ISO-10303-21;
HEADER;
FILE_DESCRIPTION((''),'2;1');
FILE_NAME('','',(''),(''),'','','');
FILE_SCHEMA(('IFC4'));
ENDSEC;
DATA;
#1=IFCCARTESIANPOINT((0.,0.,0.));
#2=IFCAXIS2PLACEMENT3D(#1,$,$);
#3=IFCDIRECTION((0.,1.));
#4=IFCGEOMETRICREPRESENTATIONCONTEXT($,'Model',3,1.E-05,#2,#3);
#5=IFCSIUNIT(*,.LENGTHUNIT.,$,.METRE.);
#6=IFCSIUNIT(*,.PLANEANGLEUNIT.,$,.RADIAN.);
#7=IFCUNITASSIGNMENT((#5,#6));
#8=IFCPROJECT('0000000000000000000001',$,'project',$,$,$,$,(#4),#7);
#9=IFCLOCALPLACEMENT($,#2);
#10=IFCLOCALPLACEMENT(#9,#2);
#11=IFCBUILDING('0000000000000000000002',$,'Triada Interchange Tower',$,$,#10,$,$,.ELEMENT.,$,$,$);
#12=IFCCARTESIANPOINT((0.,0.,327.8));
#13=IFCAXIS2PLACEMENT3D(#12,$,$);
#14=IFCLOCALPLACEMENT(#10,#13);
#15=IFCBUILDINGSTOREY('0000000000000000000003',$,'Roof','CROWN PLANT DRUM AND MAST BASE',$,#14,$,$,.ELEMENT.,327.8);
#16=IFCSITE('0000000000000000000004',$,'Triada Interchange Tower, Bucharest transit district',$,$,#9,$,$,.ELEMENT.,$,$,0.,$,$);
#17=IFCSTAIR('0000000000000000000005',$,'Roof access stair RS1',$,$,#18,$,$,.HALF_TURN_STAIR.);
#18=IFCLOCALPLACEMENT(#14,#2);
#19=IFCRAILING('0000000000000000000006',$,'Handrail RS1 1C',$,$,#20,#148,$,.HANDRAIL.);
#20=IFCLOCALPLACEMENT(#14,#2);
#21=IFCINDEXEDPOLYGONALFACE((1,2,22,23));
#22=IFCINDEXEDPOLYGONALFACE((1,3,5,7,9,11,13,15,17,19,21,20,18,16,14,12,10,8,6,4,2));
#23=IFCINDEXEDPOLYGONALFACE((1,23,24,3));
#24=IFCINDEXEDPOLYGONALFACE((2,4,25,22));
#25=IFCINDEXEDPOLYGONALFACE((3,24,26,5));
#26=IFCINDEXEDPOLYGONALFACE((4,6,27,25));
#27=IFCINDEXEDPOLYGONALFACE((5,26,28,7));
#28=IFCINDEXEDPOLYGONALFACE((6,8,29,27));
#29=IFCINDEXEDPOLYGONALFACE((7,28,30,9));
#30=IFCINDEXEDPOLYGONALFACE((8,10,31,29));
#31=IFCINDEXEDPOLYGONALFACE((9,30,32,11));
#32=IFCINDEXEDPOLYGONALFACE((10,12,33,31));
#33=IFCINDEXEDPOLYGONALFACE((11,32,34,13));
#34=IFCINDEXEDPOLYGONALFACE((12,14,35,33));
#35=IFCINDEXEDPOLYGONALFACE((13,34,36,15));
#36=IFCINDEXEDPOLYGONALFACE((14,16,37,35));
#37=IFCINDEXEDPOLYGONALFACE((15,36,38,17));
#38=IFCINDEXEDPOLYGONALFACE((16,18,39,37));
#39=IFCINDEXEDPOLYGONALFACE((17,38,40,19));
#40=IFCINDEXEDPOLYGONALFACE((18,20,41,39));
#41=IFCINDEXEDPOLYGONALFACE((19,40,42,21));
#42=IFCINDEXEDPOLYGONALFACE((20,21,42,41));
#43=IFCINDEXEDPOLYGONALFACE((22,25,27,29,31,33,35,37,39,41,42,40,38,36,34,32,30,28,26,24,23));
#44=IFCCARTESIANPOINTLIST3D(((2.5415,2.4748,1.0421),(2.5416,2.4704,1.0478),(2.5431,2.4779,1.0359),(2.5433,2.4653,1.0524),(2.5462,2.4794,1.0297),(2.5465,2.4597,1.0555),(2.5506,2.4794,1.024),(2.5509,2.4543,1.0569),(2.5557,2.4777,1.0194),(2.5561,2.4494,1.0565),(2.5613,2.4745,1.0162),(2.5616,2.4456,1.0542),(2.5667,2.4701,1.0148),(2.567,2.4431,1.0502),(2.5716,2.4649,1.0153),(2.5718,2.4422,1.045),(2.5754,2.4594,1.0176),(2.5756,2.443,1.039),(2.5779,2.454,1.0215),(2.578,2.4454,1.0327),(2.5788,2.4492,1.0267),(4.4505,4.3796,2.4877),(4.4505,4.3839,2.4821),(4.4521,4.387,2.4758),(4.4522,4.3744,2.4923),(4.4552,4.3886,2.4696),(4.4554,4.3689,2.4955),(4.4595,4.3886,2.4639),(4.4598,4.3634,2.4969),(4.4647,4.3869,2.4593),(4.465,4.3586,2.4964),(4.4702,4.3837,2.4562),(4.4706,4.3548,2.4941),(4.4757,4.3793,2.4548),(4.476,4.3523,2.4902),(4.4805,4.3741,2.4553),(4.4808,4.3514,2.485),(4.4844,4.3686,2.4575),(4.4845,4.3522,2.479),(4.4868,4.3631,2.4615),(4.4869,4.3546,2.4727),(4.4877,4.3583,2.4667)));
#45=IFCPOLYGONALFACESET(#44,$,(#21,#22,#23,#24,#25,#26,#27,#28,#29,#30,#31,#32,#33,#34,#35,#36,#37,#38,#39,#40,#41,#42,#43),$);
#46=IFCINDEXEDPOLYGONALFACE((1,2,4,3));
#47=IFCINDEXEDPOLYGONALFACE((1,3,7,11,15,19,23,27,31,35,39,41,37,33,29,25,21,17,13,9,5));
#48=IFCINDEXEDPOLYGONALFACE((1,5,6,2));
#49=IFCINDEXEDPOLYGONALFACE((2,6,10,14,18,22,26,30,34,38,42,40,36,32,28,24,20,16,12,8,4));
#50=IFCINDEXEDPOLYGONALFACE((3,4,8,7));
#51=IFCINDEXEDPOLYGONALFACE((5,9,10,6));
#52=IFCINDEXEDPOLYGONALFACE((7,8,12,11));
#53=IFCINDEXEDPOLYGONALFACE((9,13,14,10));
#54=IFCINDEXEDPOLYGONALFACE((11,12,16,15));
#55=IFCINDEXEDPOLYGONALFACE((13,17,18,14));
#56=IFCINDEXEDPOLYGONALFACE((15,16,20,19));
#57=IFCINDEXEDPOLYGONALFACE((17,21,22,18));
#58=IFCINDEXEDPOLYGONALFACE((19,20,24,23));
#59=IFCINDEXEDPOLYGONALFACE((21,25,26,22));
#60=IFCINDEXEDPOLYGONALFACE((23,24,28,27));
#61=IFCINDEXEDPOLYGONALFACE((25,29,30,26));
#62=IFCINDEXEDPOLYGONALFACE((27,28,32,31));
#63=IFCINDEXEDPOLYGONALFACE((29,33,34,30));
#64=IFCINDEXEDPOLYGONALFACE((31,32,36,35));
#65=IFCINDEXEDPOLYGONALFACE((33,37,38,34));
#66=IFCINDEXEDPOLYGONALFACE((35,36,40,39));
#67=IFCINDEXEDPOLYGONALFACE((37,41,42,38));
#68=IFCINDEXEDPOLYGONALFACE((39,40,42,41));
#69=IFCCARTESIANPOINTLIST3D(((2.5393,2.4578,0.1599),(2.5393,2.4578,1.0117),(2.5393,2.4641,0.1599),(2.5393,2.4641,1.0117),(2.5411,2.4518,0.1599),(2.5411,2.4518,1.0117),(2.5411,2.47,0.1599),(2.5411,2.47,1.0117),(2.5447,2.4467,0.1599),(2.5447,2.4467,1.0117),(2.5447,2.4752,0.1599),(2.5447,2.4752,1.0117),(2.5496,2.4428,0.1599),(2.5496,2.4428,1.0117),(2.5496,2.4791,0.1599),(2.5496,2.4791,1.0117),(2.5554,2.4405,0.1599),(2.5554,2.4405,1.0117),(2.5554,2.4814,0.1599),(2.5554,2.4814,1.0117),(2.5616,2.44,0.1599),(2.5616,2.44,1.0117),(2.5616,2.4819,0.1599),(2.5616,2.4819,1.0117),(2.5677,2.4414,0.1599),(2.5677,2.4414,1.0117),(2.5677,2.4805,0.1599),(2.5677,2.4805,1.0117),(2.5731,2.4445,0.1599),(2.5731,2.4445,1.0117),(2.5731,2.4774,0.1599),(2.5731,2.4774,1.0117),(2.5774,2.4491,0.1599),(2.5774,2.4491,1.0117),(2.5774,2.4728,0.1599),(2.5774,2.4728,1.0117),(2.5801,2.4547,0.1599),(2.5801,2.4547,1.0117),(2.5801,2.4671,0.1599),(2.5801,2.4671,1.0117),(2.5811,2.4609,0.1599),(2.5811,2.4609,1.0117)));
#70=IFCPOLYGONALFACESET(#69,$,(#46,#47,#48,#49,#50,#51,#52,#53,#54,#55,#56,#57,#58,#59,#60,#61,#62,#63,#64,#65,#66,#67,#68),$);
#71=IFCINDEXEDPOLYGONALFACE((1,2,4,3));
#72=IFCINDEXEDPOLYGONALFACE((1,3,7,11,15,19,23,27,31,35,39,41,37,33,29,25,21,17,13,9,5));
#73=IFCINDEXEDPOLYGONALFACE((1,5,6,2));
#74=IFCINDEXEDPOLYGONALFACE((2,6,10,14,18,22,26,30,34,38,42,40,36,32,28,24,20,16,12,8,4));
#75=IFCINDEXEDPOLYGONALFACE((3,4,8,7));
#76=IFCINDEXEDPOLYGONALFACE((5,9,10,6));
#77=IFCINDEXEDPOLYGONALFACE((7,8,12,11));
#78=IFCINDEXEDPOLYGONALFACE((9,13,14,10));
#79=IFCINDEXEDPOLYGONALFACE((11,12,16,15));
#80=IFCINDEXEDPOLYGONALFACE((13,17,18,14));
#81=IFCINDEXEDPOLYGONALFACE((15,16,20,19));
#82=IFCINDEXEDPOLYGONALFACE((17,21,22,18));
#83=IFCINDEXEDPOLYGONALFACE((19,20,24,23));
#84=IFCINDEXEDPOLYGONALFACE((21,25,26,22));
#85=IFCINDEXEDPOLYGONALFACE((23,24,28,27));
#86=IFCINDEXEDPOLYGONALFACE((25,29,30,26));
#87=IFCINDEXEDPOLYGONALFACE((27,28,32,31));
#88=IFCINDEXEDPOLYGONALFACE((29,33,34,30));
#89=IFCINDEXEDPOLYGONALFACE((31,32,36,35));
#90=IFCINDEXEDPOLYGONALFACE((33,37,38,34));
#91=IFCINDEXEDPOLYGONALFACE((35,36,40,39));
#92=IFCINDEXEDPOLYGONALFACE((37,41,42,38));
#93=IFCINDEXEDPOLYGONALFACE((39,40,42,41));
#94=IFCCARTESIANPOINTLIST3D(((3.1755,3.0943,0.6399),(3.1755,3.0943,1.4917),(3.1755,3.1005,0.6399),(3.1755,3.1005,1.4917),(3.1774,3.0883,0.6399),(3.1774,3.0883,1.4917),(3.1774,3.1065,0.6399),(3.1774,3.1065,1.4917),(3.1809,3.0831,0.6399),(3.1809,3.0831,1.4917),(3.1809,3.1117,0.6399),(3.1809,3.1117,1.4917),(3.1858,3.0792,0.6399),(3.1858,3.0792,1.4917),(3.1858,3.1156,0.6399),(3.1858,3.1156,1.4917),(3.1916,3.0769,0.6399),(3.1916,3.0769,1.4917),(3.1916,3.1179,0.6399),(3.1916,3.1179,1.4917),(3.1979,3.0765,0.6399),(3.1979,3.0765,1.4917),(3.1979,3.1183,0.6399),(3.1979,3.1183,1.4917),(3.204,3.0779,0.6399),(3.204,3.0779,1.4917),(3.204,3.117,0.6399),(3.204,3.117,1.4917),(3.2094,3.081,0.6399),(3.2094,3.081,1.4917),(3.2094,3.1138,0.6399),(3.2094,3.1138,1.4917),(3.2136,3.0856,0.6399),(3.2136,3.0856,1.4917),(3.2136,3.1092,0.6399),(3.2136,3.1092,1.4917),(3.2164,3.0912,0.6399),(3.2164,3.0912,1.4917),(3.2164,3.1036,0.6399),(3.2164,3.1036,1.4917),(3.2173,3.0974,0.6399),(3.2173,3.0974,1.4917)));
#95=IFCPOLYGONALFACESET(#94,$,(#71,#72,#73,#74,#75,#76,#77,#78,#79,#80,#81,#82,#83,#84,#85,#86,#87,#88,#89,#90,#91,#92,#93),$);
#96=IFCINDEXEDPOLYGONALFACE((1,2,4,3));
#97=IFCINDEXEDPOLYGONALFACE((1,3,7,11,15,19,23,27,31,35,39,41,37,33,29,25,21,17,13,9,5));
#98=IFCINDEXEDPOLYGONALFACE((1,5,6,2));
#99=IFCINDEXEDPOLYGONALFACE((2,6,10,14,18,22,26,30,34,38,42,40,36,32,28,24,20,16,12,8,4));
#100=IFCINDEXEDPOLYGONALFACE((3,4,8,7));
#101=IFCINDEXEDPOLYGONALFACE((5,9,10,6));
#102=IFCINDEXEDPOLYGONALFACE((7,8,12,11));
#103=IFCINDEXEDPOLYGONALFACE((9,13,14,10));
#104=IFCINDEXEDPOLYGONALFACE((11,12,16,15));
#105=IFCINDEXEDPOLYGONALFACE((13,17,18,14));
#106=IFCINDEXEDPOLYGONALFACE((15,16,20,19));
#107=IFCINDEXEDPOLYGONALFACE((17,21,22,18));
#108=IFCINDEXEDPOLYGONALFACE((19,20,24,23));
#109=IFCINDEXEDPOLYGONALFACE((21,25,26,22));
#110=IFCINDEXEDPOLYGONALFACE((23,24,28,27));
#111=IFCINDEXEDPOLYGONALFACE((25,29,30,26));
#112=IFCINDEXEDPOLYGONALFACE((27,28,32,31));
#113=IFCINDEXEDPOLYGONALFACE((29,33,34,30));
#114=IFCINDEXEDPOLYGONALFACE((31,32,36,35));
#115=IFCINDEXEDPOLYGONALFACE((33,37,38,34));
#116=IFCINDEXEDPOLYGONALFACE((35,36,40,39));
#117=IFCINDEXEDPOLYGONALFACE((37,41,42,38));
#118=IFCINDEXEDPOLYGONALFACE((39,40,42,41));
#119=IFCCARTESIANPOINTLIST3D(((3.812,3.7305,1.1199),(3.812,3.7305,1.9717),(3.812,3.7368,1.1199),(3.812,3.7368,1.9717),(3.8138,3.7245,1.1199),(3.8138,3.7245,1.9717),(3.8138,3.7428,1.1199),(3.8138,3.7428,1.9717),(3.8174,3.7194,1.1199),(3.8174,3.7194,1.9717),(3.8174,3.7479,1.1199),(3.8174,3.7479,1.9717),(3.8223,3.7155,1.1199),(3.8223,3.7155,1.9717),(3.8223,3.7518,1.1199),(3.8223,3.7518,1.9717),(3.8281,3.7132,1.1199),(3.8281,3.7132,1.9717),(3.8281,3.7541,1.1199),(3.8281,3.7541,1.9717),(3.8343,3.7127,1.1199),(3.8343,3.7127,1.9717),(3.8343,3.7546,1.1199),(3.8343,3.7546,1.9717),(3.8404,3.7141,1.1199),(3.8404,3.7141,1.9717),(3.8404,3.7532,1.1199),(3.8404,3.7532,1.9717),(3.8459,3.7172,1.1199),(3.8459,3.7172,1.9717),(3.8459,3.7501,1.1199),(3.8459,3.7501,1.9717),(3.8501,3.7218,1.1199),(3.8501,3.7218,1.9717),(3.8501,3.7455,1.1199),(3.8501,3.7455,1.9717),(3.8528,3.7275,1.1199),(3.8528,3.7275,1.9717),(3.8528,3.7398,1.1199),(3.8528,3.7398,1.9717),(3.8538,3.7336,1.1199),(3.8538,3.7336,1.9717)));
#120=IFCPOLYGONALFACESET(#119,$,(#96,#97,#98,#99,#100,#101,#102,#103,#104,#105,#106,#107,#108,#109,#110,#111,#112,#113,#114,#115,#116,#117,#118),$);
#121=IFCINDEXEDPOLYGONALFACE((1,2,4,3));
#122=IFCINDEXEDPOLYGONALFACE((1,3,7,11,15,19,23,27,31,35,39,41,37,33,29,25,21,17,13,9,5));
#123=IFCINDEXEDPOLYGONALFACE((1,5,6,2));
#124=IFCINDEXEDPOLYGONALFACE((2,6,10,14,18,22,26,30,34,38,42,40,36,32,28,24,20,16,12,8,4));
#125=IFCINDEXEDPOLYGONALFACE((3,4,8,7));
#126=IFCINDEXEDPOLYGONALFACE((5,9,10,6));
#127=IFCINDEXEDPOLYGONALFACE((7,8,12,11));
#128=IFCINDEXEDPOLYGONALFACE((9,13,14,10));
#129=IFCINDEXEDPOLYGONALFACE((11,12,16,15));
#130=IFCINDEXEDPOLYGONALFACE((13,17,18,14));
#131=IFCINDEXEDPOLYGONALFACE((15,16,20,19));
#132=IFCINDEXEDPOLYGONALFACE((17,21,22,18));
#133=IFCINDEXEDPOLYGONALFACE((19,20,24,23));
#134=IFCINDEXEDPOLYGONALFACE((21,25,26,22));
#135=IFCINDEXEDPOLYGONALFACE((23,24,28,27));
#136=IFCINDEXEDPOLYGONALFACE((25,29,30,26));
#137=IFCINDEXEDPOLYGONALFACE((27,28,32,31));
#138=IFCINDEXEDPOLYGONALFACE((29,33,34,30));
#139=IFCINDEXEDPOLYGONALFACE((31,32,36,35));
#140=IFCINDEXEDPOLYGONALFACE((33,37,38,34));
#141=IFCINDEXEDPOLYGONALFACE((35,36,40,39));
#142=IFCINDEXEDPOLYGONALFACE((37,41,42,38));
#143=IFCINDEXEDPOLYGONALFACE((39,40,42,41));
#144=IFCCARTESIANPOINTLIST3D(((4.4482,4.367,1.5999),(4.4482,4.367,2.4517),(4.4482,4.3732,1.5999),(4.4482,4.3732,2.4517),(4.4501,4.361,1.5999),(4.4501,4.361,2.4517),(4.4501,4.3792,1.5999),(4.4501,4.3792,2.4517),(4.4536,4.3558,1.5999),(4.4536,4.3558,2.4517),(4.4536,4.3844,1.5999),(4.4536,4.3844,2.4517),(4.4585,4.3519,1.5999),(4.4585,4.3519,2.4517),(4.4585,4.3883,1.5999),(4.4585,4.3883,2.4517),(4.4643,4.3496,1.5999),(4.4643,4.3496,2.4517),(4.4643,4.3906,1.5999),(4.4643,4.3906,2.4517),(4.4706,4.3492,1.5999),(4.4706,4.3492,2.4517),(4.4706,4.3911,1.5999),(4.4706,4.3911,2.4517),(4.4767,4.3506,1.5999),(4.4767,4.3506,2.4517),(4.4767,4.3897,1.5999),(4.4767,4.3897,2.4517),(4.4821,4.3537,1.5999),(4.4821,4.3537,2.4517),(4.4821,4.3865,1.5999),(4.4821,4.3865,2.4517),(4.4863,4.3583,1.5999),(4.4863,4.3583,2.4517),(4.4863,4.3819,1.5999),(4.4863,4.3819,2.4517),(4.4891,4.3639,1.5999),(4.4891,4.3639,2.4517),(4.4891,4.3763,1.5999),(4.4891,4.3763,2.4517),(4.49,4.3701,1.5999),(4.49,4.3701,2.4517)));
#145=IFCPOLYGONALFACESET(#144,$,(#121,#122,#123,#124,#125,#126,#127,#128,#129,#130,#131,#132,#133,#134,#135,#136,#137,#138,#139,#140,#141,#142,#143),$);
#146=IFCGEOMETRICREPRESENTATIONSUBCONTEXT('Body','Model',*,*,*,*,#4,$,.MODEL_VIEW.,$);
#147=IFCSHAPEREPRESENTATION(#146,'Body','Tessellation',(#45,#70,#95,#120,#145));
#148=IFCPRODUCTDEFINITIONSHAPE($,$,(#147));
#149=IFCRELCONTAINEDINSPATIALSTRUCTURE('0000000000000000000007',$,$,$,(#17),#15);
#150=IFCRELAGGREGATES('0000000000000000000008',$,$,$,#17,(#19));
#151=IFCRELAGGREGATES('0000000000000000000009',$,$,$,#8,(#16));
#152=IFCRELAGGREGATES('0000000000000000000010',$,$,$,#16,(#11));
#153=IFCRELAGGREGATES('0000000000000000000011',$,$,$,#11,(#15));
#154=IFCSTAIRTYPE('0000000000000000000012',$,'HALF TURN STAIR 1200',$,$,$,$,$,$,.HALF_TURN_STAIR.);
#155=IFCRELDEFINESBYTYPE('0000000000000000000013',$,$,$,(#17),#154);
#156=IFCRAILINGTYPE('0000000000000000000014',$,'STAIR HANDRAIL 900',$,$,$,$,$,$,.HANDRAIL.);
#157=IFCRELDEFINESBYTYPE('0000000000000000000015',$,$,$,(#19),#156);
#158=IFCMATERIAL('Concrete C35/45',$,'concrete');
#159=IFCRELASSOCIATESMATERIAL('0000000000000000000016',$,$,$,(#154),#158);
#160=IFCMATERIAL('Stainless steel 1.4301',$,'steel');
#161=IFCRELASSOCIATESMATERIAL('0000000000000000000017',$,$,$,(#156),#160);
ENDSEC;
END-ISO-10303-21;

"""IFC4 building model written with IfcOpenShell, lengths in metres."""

from ifc_helpers import new_model, si_unit, direction, frame, origin, origin_2d, place, context, subcontext, project, spatial, circle, extrude, material, type_object, element, aggregate, save


model = new_model("IFC4")

# Units and contexts
model_context = context("Model", 3, precision=1e-05, world=origin(), true_north=direction((0.0, 1.0)))
body_context = subcontext(model_context, "Body", "Model", "MODEL_VIEW")
ifc_project = project(units=[si_unit("LENGTHUNIT", "METRE"), si_unit("PLANEANGLEUNIT", "RADIAN")], contexts=[model_context])

# Site, building, storey
site_placement = place(None, origin())
site = spatial("IfcSite", under=ifc_project, at=site_placement, Name="Triada Interchange Tower, Bucharest transit district", CompositionType="ELEMENT", RefElevation=0.0)
building_placement = place(site_placement, origin())
building = spatial("IfcBuilding", under=site, at=building_placement, Name="Triada Interchange Tower", CompositionType="ELEMENT")
storey_placement = place(building_placement, frame((0.0, 0.0, 327.8)))
storey = spatial("IfcBuildingStorey", under=building, at=storey_placement, Name="Roof", Description="CROWN PLANT DRUM AND MAST BASE", CompositionType="ELEMENT", Elevation=327.8)

# Stair
ifc_material_1 = material(Name="Concrete C35/45", Category="concrete")
stair_type = type_object("IfcStairType", Name="HALF TURN STAIR 1200", PredefinedType="HALF_TURN_STAIR", material=ifc_material_1)
stair_placement = place(storey_placement, origin())
stair = element("IfcStair", 1, at=stair_placement, inside=storey, type_object=stair_type, Name="Roof access stair RS1", PredefinedType="HALF_TURN_STAIR")

# Railing
ifc_material_2 = material(Name="Stainless steel 1.4301", Category="steel")
railing_type = type_object("IfcRailingType", Name="STAIR HANDRAIL 900", PredefinedType="HANDRAIL", material=ifc_material_2)
railing_1_placement = place(storey_placement, frame((2.5601, 2.4609, 0.1599)))
railing_1 = element("IfcRailing", 2, at=railing_1_placement, type_object=railing_type, Name="Handrail RS1 1C", PredefinedType="HANDRAIL", context=body_context, shape_type="SweptSolid", body=[
    extrude(circle(Radius=0.0239, at=origin_2d()), frame((0.0, 0.0, 0.876), z_axis=(0.623874, 0.623954, 0.470598), x_axis=(-0.707152, 0.707062, 0.0)), (0.0, 0.0, 1.0), 3.0598),
    extrude(circle(Radius=0.021, at=origin_2d()), origin(), (0.0, 0.0, 1.0), 0.8518),
    extrude(circle(Radius=0.021, at=origin_2d()), frame((0.6362, 0.6365, 0.48)), (0.0, 0.0, 1.0), 0.8518),
    extrude(circle(Radius=0.021, at=origin_2d()), frame((1.2727, 1.2727, 0.96)), (0.0, 0.0, 1.0), 0.8518),
    extrude(circle(Radius=0.021, at=origin_2d()), frame((1.9089, 1.9092, 1.4399)), (0.0, 0.0, 1.0), 0.8518),
])
aggregate(stair, [railing_1])

save(model, "model.ifc")
